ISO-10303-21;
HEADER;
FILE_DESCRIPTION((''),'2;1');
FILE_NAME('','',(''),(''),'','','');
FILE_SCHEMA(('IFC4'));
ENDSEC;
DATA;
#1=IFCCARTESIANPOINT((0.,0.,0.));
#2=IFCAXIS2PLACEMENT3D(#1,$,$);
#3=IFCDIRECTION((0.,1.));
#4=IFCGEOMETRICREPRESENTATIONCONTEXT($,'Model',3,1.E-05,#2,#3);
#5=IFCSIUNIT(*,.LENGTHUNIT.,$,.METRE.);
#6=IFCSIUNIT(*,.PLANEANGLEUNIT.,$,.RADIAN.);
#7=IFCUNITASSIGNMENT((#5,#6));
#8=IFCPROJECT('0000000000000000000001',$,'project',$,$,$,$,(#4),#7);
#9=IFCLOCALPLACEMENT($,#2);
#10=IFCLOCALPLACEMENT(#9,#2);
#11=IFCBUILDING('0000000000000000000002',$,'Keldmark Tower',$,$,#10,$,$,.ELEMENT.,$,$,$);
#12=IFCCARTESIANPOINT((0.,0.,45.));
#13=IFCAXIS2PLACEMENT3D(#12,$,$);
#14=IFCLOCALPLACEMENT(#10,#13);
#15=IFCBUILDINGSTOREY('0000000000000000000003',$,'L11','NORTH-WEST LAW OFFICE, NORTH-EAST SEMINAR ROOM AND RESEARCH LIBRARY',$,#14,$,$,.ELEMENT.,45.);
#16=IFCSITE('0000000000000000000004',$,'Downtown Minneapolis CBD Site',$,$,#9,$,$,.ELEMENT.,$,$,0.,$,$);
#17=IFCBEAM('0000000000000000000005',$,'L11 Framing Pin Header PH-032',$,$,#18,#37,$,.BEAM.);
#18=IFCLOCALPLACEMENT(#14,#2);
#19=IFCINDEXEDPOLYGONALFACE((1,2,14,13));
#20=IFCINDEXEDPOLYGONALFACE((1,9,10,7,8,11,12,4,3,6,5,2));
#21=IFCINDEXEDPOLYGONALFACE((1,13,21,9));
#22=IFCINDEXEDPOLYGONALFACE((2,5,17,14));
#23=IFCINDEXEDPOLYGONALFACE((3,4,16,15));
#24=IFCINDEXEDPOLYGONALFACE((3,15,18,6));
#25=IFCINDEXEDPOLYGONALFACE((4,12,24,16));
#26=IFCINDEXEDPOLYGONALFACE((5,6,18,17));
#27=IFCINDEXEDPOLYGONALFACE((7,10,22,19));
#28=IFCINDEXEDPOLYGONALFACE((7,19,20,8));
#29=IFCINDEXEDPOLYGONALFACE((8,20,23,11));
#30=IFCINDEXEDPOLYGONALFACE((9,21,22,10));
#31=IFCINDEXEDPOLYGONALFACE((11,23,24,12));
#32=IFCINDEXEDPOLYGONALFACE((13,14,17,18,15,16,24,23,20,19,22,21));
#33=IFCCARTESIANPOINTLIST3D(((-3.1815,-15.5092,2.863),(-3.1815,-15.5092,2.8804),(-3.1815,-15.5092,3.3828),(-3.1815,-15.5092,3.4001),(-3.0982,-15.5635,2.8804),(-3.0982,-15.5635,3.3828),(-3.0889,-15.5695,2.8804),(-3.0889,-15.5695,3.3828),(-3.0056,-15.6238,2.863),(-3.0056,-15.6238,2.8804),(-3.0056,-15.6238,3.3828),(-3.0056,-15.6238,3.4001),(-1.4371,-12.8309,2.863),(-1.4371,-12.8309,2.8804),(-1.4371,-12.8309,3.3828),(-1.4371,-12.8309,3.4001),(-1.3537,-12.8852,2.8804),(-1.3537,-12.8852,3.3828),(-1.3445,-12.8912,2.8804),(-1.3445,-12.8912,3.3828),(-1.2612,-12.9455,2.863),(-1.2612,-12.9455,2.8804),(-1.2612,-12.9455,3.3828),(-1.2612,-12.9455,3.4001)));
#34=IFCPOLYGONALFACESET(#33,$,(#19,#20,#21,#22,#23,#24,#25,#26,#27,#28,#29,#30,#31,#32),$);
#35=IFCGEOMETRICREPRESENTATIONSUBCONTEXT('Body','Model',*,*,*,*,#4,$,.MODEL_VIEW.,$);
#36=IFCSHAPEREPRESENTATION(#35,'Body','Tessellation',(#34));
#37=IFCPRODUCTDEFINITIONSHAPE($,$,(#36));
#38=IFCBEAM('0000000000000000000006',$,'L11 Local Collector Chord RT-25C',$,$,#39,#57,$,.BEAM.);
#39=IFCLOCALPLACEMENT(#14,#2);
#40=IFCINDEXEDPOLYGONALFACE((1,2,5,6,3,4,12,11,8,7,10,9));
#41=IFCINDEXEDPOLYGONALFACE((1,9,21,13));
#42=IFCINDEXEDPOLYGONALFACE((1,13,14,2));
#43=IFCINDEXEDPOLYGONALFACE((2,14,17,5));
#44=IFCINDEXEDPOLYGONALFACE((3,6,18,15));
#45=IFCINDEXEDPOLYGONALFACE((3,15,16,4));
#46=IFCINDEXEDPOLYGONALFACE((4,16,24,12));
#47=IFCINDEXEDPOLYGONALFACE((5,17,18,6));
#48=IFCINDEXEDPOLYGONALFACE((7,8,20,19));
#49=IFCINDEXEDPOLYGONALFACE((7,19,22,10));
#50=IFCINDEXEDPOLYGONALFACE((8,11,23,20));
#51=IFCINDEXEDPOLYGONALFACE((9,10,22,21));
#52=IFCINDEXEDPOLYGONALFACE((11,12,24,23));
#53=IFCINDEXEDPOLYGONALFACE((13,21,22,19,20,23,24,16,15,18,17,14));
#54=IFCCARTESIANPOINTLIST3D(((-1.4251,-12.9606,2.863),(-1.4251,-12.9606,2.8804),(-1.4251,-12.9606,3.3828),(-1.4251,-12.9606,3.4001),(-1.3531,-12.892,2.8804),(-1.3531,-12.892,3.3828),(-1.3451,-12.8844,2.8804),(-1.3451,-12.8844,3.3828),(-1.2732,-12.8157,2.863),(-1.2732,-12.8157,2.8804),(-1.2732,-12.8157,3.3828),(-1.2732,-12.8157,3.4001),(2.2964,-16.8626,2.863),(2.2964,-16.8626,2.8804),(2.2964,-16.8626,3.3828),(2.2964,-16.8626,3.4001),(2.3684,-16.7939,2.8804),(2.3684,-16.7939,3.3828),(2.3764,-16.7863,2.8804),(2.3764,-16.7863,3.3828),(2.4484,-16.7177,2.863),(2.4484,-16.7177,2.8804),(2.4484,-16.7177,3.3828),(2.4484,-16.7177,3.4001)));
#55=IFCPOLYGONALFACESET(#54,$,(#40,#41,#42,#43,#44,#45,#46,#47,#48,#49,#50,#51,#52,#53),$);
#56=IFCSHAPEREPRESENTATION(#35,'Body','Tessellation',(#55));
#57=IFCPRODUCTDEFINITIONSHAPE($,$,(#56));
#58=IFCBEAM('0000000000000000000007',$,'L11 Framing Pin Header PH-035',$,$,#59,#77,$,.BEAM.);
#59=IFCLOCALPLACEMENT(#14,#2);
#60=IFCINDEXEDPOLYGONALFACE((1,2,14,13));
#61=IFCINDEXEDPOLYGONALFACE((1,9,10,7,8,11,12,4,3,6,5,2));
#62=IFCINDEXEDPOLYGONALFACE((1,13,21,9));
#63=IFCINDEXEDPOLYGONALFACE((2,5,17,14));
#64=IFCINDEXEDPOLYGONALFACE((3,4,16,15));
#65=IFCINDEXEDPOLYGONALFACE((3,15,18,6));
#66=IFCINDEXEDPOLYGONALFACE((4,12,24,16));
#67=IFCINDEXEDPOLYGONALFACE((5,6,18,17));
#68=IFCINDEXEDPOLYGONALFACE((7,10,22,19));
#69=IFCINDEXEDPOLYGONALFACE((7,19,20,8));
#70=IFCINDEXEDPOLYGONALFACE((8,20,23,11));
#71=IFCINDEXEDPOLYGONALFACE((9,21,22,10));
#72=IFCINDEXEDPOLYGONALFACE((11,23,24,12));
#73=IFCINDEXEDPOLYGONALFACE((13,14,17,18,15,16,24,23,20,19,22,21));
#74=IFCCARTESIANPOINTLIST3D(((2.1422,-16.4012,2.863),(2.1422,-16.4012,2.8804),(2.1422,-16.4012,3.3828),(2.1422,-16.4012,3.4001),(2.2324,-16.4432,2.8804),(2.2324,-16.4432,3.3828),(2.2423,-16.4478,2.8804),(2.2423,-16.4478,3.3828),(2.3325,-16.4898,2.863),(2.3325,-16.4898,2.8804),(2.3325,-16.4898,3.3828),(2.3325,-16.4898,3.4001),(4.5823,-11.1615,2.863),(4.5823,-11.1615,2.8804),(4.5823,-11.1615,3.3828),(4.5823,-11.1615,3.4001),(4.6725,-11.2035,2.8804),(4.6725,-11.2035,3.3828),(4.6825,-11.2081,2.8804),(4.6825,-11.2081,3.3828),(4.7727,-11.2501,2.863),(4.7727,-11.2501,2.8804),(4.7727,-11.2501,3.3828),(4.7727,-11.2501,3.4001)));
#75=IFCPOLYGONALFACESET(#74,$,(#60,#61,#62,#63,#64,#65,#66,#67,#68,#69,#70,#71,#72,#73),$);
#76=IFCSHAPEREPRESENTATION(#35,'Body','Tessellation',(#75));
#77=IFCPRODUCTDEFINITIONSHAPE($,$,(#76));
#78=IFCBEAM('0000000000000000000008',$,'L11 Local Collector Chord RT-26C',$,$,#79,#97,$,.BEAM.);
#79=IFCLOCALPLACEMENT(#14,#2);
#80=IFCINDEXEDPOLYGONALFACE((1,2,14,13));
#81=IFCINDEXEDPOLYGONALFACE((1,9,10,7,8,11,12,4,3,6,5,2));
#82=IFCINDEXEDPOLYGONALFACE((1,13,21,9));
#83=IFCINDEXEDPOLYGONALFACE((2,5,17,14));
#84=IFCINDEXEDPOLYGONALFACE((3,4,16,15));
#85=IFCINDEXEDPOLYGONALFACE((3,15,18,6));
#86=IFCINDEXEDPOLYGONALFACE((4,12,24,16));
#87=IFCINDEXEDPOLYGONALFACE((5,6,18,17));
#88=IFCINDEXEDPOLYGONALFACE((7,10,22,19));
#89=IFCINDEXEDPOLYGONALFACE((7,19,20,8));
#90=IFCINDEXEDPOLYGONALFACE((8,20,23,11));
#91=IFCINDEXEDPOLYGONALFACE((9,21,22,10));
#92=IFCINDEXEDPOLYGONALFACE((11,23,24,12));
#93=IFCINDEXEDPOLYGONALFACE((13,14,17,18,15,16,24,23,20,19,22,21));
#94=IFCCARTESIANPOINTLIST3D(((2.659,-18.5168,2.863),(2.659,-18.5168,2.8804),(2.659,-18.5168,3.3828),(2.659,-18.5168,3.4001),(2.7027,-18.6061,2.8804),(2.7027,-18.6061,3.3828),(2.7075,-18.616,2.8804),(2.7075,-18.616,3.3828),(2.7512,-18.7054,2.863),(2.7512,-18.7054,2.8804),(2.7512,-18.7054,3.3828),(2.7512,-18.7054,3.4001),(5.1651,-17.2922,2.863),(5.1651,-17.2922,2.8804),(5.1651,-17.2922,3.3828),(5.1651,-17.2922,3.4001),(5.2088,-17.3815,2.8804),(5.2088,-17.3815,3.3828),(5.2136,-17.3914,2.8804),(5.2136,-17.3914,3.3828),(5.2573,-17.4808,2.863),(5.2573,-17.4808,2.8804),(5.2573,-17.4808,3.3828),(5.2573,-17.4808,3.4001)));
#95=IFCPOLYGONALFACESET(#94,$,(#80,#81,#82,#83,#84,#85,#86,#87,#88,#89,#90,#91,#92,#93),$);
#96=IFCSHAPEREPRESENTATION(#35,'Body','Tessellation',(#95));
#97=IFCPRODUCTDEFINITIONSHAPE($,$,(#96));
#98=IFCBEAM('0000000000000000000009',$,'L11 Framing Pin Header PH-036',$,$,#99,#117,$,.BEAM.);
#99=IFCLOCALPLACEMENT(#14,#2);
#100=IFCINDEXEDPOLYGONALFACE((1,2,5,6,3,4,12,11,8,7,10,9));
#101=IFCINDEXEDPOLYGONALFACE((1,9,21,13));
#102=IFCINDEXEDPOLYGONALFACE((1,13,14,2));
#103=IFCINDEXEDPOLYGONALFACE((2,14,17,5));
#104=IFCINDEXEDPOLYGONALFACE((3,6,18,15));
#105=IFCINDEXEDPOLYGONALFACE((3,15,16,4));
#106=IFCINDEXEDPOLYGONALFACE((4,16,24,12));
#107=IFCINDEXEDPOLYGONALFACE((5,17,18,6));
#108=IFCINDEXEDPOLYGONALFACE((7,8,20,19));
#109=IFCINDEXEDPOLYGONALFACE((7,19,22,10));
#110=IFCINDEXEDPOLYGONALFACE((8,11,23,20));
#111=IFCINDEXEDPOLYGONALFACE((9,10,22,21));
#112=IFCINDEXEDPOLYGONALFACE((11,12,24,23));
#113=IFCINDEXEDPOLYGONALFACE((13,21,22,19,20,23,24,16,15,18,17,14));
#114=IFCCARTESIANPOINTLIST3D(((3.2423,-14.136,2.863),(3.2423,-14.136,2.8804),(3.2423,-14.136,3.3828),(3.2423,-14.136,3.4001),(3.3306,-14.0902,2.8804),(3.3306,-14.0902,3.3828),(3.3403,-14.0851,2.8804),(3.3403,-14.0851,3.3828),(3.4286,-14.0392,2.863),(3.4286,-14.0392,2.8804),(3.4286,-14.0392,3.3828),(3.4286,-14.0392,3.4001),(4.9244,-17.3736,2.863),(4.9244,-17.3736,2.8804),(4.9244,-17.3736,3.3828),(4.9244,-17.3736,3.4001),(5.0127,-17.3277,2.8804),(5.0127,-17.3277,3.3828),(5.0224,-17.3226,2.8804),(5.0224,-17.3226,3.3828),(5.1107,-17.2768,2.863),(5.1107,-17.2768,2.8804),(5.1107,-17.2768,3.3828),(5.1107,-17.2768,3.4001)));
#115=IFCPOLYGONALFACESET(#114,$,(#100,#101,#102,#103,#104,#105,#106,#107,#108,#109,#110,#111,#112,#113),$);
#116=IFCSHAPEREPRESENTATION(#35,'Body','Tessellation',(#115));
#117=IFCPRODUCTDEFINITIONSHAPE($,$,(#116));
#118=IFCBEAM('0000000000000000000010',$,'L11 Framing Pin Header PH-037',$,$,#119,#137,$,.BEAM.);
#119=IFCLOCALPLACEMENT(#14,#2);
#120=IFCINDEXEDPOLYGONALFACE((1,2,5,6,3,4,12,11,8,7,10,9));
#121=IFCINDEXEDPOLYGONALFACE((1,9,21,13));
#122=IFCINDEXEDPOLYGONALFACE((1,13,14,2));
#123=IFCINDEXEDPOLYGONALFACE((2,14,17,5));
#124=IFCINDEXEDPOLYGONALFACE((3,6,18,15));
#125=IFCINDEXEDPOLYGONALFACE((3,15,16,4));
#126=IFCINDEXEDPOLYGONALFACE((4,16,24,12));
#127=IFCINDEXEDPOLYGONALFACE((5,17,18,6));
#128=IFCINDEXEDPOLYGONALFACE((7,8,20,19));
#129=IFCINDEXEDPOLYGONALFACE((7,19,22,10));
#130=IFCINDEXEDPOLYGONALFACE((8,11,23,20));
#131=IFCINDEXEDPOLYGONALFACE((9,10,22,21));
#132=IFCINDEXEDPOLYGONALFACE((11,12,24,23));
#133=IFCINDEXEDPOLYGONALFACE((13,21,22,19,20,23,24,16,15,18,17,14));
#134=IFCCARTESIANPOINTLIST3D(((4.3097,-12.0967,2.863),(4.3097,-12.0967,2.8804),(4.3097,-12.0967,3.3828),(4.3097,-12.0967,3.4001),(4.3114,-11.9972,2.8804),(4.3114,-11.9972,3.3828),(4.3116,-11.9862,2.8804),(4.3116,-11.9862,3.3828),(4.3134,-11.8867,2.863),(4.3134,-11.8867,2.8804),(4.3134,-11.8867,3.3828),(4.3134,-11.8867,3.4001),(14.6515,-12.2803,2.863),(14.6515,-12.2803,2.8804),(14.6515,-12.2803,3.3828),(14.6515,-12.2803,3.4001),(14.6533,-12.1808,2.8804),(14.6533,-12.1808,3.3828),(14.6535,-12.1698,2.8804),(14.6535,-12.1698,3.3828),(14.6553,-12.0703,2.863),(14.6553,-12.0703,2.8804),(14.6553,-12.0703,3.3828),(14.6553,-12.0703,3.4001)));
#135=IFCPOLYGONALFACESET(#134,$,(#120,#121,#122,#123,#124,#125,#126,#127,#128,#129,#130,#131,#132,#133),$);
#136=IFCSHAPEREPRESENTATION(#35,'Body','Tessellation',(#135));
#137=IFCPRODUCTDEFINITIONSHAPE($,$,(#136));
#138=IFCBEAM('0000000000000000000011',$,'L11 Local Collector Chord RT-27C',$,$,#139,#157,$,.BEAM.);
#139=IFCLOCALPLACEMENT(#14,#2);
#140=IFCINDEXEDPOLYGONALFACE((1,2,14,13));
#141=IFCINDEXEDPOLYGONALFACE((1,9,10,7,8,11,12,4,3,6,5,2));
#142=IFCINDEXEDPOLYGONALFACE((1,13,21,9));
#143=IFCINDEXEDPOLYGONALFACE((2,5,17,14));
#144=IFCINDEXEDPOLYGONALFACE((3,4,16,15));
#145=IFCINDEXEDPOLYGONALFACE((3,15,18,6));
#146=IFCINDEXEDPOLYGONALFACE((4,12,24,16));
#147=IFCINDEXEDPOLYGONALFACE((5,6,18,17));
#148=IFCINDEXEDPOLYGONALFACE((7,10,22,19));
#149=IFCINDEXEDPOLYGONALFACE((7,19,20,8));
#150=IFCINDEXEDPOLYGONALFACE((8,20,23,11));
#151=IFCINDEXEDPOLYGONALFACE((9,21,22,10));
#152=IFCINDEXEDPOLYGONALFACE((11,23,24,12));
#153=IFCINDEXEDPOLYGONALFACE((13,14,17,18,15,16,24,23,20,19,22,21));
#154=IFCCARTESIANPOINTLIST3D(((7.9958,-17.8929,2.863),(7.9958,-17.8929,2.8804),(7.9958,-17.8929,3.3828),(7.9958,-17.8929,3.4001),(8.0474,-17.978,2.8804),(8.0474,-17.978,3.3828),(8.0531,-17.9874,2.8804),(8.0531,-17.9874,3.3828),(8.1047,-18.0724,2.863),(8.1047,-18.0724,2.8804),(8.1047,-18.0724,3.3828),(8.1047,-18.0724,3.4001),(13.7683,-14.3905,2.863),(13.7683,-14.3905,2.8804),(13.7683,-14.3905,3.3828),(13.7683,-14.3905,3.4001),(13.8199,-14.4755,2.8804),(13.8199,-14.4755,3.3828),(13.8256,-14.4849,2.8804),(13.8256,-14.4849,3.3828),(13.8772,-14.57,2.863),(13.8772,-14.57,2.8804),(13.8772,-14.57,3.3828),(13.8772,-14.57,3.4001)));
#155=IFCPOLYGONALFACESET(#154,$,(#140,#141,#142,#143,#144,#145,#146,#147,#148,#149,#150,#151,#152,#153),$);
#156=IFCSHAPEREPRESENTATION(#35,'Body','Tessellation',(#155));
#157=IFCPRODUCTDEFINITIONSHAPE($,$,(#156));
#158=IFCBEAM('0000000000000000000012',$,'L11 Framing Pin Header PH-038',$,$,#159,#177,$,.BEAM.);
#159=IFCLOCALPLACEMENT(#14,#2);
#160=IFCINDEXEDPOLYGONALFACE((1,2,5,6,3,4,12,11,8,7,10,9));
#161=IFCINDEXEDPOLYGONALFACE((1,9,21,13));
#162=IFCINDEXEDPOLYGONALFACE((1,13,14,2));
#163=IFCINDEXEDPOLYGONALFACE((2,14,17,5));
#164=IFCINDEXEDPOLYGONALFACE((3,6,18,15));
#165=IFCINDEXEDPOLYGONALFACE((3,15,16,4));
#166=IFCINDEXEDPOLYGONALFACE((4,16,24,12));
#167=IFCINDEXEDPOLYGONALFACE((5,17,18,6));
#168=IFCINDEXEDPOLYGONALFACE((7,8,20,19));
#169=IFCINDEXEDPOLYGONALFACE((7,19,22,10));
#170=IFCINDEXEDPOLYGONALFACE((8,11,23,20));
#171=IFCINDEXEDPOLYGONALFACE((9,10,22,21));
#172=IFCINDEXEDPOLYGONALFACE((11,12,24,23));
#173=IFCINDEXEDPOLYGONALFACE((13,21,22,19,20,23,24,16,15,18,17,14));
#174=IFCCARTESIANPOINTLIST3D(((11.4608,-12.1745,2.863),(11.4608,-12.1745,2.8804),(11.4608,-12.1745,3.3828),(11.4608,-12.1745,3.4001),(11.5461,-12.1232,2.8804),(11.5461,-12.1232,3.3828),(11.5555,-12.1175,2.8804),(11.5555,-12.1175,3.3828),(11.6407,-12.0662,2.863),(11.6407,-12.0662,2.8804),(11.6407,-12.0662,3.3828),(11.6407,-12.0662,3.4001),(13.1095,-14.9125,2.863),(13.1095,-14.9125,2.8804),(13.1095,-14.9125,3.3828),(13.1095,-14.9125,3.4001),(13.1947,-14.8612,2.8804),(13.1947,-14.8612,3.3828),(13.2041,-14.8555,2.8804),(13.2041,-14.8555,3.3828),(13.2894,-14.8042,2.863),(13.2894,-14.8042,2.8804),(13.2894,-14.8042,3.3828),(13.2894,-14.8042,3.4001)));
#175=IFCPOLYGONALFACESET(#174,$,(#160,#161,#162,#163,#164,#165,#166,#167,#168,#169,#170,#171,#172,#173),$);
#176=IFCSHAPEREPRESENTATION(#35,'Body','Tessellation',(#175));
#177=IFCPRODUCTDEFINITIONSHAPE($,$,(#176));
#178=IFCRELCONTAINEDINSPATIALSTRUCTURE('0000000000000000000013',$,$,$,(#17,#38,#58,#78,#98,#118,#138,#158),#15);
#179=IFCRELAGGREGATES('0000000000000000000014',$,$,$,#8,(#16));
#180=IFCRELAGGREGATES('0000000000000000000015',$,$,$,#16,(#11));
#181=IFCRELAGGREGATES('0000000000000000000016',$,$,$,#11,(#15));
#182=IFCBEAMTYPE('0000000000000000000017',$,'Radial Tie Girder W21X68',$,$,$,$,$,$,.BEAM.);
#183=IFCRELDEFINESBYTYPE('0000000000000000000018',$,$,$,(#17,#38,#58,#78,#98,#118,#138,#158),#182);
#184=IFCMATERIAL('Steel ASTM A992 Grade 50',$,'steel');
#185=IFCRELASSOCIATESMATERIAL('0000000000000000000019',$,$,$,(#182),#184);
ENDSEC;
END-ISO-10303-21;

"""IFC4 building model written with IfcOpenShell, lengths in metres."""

from ifc_helpers import new_model, si_unit, direction, frame, origin, origin_2d, place, context, subcontext, project, spatial, i_section, extrude, material, material_profile, profile_set, type_object, element, save


model = new_model("IFC4")

# Units and contexts
model_context = context("Model", 3, precision=1e-05, world=origin(), true_north=direction((0.0, 1.0)))
body_context = subcontext(model_context, "Body", "Model", "MODEL_VIEW")
ifc_project = project(units=[si_unit("LENGTHUNIT", "METRE"), si_unit("PLANEANGLEUNIT", "RADIAN")], contexts=[model_context])

# Site, building, storey
site_placement = place(None, origin())
site = spatial("IfcSite", under=ifc_project, at=site_placement, Name="Downtown Minneapolis CBD Site", CompositionType="ELEMENT", RefElevation=0.0)
building_placement = place(site_placement, origin())
building = spatial("IfcBuilding", under=site, at=building_placement, Name="Keldmark Tower", CompositionType="ELEMENT")
storey_placement = place(building_placement, frame((0.0, 0.0, 45.0)))
storey = spatial("IfcBuildingStorey", under=building, at=storey_placement, Name="L11", Description="NORTH-WEST LAW OFFICE, NORTH-EAST SEMINAR ROOM AND RESEARCH LIBRARY", CompositionType="ELEMENT", Elevation=45.0)

# Beams
ifc_material_1 = material(Name="Steel ASTM A992 Grade 50", Category="steel")
ifc_material_profile_1 = material_profile(ifc_material_1, i_section(OverallWidth=0.21, OverallDepth=0.5371, WebThickness=0.011, FlangeThickness=0.0173, at=origin_2d()), Name="W21X68")
ifc_profile_set_1 = profile_set([ifc_material_profile_1], Name="Steel ASTM A992 Grade 50")
beam_type_1 = type_object("IfcBeamType", Name="Radial Tie Girder W21X68", PredefinedType="BEAM", material=ifc_profile_set_1)
beam_1_placement = place(storey_placement, frame((-1.3491, -12.8882, 3.1316), z_axis=(-0.545767, -0.837937, 0.0), x_axis=(0.837937, -0.545767, 0.0)))
element("IfcBeam", 1, at=beam_1_placement, inside=storey, type_object=beam_type_1, Name="L11 Framing Pin Header PH-032", PredefinedType="BEAM", context=body_context, shape_type="SweptSolid", body=[
    extrude(i_section(OverallWidth=0.21, OverallDepth=0.5371, WebThickness=0.011, FlangeThickness=0.0173, at=origin_2d()), origin(), (0.0, 0.0, 1.0), 3.1963),
])
beam_2_placement = place(storey_placement, frame((-1.3491, -12.8882, 3.1316), z_axis=(0.690178, -0.723639, 0.0), x_axis=(0.723639, 0.690178, 0.0)))
element("IfcBeam", 2, at=beam_2_placement, inside=storey, type_object=beam_type_1, Name="L11 Local Collector Chord RT-25C", PredefinedType="BEAM", context=body_context, shape_type="SweptSolid", body=[
    extrude(i_section(OverallWidth=0.21, OverallDepth=0.5371, WebThickness=0.011, FlangeThickness=0.0173, at=origin_2d()), origin(), (0.0, 0.0, 1.0), 5.3921),
])
beam_3_placement = place(storey_placement, frame((4.6775, -11.2058, 3.1316), z_axis=(-0.422171, -0.906516, 0.0), x_axis=(0.906516, -0.422171, 0.0)))
element("IfcBeam", 3, at=beam_3_placement, inside=storey, type_object=beam_type_1, Name="L11 Framing Pin Header PH-035", PredefinedType="BEAM", context=body_context, shape_type="SweptSolid", body=[
    extrude(i_section(OverallWidth=0.21, OverallDepth=0.5371, WebThickness=0.011, FlangeThickness=0.0173, at=origin_2d()), origin(), (0.0, 0.0, 1.0), 5.78),
])
beam_4_placement = place(storey_placement, frame((2.7051, -18.6111, 3.1316), z_axis=(0.898469, 0.439037, 0.0), x_axis=(-0.439037, 0.898469, 0.0)))
element("IfcBeam", 4, at=beam_4_placement, inside=storey, type_object=beam_type_1, Name="L11 Local Collector Chord RT-26C", PredefinedType="BEAM", context=body_context, shape_type="SweptSolid", body=[
    extrude(i_section(OverallWidth=0.21, OverallDepth=0.5371, WebThickness=0.011, FlangeThickness=0.0173, at=origin_2d()), origin(), (0.0, 0.0, 1.0), 2.7893),
])
beam_5_placement = place(storey_placement, frame((3.3354, -14.0876, 3.1316), z_axis=(0.461051, -0.887373, 0.0), x_axis=(0.887373, 0.461051, 0.0)))
element("IfcBeam", 5, at=beam_5_placement, inside=storey, type_object=beam_type_1, Name="L11 Framing Pin Header PH-036", PredefinedType="BEAM", context=body_context, shape_type="SweptSolid", body=[
    extrude(i_section(OverallWidth=0.21, OverallDepth=0.5371, WebThickness=0.011, FlangeThickness=0.0173, at=origin_2d()), origin(), (0.0, 0.0, 1.0), 3.6484),
])
beam_6_placement = place(storey_placement, frame((4.3115, -11.9917, 3.1316), z_axis=(0.999842, -0.01775, 0.0), x_axis=(0.01775, 0.999842, 0.0)))
element("IfcBeam", 6, at=beam_6_placement, inside=storey, type_object=beam_type_1, Name="L11 Framing Pin Header PH-037", PredefinedType="BEAM", context=body_context, shape_type="SweptSolid", body=[
    extrude(i_section(OverallWidth=0.21, OverallDepth=0.5371, WebThickness=0.011, FlangeThickness=0.0173, at=origin_2d()), origin(), (0.0, 0.0, 1.0), 10.3435),
])
beam_7_placement = place(storey_placement, frame((8.0503, -17.9827, 3.1316), z_axis=(0.854936, 0.518733, 0.0), x_axis=(-0.518733, 0.854936, 0.0)))
element("IfcBeam", 7, at=beam_7_placement, inside=storey, type_object=beam_type_1, Name="L11 Local Collector Chord RT-27C", PredefinedType="BEAM", context=body_context, shape_type="SweptSolid", body=[
    extrude(i_section(OverallWidth=0.21, OverallDepth=0.5371, WebThickness=0.011, FlangeThickness=0.0173, at=origin_2d()), origin(), (0.0, 0.0, 1.0), 6.752),
])
beam_8_placement = place(storey_placement, frame((11.5508, -12.1204, 3.1316), z_axis=(0.515843, -0.856683, 0.0), x_axis=(0.856683, 0.515843, 0.0)))
element("IfcBeam", 8, at=beam_8_placement, inside=storey, type_object=beam_type_1, Name="L11 Framing Pin Header PH-038", PredefinedType="BEAM", context=body_context, shape_type="SweptSolid", body=[
    extrude(i_section(OverallWidth=0.21, OverallDepth=0.5371, WebThickness=0.011, FlangeThickness=0.0173, at=origin_2d()), origin(), (0.0, 0.0, 1.0), 3.196),
])

save(model, "model.ifc")
